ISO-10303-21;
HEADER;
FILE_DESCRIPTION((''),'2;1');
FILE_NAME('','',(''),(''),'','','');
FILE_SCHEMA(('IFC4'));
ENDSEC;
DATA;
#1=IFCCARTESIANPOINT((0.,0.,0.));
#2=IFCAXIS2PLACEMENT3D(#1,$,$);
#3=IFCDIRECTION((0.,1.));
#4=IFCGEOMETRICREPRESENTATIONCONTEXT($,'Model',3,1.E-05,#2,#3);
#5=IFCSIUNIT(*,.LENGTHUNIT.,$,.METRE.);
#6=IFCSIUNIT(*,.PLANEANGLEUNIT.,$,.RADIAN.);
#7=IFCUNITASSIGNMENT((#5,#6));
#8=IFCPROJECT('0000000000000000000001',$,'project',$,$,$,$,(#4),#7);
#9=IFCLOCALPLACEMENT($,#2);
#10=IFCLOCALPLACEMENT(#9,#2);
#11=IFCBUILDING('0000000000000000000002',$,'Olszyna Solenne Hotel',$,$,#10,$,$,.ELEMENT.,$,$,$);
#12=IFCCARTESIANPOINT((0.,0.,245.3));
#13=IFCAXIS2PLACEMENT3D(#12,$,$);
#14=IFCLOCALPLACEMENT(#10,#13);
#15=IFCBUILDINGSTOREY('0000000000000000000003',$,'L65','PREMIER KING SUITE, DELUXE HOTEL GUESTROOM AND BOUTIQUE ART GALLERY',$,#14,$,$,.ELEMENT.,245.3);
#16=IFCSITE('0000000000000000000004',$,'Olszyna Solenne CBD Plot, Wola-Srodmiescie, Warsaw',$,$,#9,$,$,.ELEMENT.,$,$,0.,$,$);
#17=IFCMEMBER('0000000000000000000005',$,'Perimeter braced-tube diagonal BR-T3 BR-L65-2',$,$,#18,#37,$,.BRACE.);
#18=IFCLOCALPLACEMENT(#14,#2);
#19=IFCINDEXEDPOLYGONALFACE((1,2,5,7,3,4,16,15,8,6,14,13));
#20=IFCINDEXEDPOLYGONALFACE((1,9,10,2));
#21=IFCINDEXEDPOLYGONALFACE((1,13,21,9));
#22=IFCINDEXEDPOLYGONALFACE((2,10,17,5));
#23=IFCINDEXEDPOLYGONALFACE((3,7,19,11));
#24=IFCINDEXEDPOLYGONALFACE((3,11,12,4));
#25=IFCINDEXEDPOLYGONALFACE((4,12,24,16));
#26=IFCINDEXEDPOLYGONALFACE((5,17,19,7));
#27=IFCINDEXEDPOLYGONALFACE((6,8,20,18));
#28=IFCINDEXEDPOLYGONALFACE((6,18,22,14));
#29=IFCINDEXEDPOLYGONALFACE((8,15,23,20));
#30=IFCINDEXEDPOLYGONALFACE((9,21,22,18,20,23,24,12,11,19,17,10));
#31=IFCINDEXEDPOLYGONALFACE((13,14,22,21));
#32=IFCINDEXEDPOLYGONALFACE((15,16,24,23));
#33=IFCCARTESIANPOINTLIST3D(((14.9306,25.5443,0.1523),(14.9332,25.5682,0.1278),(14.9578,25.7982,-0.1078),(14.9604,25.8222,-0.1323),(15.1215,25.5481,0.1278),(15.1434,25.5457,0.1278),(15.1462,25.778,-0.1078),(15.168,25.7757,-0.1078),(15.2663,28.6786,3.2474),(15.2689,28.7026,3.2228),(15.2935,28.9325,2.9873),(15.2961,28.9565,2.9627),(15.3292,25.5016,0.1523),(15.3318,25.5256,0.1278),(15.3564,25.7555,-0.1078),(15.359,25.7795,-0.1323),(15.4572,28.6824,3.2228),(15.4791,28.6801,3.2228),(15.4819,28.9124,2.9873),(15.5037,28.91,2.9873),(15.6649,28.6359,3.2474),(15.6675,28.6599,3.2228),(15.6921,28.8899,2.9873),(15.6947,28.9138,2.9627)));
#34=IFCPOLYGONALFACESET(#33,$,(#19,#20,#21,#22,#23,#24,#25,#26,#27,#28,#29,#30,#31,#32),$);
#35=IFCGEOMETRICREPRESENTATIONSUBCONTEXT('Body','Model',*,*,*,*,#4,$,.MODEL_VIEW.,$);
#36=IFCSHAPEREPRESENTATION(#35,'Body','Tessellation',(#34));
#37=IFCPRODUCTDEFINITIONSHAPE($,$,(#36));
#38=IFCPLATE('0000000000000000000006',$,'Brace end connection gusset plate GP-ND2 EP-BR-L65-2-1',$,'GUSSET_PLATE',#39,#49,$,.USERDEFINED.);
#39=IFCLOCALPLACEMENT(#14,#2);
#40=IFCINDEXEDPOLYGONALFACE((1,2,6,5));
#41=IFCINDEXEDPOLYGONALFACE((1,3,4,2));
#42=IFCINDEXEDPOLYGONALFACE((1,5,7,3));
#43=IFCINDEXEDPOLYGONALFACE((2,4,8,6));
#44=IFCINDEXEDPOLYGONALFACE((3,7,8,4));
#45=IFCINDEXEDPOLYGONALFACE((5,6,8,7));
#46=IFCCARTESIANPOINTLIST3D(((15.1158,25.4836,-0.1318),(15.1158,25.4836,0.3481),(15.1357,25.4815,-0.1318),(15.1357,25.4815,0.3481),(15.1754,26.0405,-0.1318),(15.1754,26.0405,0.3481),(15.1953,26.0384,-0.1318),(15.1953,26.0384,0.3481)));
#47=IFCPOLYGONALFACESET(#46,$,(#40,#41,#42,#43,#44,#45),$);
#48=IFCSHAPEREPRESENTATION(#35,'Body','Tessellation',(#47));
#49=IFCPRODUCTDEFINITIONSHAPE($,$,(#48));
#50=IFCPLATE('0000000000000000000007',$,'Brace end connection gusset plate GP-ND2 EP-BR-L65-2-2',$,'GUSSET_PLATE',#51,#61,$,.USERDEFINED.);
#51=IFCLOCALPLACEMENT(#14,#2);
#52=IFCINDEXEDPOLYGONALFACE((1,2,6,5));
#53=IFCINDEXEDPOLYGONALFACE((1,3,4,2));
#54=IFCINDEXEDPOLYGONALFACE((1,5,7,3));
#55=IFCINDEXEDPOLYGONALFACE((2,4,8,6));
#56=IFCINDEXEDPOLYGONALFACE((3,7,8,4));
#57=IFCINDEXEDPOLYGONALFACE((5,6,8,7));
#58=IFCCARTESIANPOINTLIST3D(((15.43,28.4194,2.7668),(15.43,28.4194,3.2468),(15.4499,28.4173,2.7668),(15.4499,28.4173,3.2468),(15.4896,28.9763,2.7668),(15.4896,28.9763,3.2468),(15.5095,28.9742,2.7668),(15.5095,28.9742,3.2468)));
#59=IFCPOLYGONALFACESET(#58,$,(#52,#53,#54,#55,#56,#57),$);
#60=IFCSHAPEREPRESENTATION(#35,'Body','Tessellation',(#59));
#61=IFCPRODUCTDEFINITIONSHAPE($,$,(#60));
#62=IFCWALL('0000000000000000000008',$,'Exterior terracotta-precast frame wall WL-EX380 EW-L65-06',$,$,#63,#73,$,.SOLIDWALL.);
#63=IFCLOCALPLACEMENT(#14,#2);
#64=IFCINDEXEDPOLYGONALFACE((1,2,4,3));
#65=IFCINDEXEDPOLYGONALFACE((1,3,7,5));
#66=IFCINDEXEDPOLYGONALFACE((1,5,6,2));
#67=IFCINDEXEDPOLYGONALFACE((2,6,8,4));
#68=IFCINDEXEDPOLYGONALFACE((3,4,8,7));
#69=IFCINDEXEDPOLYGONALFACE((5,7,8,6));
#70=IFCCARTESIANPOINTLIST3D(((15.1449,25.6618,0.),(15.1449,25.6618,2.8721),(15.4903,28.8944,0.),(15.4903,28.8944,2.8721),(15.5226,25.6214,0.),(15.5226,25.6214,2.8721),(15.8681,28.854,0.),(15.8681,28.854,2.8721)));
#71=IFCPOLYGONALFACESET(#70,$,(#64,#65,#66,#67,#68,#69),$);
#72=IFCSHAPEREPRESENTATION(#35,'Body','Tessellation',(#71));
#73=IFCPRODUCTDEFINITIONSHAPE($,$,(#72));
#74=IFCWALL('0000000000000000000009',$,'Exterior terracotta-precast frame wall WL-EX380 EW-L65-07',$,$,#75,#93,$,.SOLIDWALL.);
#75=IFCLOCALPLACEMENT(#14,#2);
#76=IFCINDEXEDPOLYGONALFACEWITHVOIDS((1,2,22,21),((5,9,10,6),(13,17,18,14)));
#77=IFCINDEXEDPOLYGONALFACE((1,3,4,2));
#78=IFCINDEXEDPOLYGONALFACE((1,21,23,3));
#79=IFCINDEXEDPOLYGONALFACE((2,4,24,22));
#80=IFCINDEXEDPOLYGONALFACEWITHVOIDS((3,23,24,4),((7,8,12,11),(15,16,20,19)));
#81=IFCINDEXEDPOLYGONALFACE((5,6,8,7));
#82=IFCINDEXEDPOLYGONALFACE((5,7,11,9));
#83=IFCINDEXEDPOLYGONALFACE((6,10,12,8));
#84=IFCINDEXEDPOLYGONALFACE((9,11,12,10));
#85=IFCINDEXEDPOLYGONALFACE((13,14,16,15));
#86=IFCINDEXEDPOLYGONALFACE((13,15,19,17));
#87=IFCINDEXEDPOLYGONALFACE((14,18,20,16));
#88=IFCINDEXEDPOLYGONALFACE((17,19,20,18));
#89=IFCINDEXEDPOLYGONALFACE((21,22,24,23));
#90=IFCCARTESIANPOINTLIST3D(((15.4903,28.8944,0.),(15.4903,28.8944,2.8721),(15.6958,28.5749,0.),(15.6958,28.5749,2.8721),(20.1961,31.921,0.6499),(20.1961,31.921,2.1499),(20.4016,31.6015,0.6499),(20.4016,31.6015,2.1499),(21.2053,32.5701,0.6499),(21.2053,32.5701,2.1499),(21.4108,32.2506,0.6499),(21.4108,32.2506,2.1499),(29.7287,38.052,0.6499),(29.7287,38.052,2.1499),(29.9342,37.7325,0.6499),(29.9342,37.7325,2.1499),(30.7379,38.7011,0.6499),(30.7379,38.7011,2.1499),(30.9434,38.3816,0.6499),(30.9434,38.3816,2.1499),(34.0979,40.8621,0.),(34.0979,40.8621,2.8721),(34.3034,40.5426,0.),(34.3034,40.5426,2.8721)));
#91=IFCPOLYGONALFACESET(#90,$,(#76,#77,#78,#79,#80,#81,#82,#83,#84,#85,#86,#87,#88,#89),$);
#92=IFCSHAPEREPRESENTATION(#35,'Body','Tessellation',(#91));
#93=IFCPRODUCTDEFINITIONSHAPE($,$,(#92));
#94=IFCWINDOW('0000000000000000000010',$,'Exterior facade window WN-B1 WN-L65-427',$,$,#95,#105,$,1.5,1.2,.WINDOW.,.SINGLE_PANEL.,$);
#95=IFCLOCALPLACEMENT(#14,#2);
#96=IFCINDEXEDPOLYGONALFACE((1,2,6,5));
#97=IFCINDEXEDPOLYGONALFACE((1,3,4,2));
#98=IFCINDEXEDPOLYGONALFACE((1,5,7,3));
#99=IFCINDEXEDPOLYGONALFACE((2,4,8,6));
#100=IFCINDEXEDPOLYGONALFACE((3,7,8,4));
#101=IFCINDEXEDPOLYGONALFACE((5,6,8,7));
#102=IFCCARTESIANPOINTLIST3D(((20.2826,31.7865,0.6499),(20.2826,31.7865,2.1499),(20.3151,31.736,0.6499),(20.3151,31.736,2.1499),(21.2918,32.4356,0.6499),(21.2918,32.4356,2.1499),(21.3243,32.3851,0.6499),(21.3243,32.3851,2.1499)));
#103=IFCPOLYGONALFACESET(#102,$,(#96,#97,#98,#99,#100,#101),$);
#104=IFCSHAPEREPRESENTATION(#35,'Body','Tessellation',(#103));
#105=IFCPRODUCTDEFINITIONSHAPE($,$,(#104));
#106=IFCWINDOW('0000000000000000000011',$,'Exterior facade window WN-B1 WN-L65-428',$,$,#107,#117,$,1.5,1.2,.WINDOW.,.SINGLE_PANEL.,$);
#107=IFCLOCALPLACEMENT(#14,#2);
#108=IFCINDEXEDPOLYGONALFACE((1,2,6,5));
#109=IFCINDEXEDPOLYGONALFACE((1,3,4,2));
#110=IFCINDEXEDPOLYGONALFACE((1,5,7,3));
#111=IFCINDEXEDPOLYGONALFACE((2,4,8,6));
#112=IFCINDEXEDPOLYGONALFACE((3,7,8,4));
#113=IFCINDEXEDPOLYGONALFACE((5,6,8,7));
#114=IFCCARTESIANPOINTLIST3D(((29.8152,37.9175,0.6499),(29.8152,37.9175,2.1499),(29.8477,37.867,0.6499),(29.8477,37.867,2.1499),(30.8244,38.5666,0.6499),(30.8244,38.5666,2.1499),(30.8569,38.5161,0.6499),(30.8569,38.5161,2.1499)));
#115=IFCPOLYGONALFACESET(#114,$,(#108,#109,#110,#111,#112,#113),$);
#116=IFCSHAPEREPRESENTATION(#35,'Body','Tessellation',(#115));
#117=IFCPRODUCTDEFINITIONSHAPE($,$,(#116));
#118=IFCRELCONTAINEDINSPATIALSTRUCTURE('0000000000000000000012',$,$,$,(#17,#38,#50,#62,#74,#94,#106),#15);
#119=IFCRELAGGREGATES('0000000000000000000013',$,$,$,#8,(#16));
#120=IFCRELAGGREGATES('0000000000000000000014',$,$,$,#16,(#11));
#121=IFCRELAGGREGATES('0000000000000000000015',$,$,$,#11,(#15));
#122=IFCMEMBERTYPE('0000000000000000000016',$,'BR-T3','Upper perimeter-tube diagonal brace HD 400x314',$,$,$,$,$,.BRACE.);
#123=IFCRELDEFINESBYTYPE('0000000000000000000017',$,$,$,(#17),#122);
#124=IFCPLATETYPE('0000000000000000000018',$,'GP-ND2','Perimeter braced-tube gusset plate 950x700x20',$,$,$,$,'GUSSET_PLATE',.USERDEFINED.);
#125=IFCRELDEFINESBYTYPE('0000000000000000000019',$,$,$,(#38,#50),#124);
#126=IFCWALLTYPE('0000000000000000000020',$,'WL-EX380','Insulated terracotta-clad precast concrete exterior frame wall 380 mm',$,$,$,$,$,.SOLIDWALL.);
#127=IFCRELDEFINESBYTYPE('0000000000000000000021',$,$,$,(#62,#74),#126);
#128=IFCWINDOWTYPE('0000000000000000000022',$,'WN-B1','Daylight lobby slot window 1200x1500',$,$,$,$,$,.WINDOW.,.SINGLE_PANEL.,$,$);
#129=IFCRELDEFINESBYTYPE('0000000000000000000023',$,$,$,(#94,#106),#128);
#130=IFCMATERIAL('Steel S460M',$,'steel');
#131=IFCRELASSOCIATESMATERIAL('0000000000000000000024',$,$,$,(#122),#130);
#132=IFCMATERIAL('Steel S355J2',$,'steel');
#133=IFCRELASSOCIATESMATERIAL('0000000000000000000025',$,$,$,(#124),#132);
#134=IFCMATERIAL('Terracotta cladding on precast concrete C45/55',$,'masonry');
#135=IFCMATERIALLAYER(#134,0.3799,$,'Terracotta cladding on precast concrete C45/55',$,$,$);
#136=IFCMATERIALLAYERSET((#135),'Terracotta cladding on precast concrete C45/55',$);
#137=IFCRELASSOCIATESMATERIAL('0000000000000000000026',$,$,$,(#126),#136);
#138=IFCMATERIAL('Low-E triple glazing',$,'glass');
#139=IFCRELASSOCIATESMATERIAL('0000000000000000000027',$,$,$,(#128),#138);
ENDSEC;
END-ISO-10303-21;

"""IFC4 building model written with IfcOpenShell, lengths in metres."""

from ifc_helpers import new_model, si_unit, direction, frame, frame_2d, origin, origin_2d, place, context, subcontext, project, spatial, rectangle, i_section, extrude, source, transform, mapped, material, layer, layer_set, material_profile, profile_set, type_object, type_shapes, element, fill, save


model = new_model("IFC4")

# Units and contexts
model_context = context("Model", 3, precision=1e-05, world=origin(), true_north=direction((0.0, 1.0)))
body_context = subcontext(model_context, "Body", "Model", "MODEL_VIEW")
ifc_project = project(units=[si_unit("LENGTHUNIT", "METRE"), si_unit("PLANEANGLEUNIT", "RADIAN")], contexts=[model_context])

# Site, building, storey
site_placement = place(None, origin())
site = spatial("IfcSite", under=ifc_project, at=site_placement, Name="Olszyna Solenne CBD Plot, Wola-Srodmiescie, Warsaw", CompositionType="ELEMENT", RefElevation=0.0)
building_placement = place(site_placement, origin())
building = spatial("IfcBuilding", under=site, at=building_placement, Name="Olszyna Solenne Hotel", CompositionType="ELEMENT")
storey_placement = place(building_placement, frame((0.0, 0.0, 245.3)))
storey = spatial("IfcBuildingStorey", under=building, at=storey_placement, Name="L65", Description="PREMIER KING SUITE, DELUXE HOTEL GUESTROOM AND BOUTIQUE ART GALLERY", CompositionType="ELEMENT", Elevation=245.3)

# Shared definitions
ifc_material_1 = material(Name="Steel S460M", Category="steel")

# Shared definitions
ifc_material_2 = material(Name="Steel S355J2", Category="steel")

# Member
ifc_material_profile_1 = material_profile(ifc_material_1, i_section(OverallWidth=0.4009, OverallDepth=0.3989, WebThickness=0.022, FlangeThickness=0.0344, at=origin_2d()), Name="HD 400x314", Category="load-bearing")
ifc_profile_set_1 = profile_set([ifc_material_profile_1], Name="Steel S460M")
member_type = type_object("IfcMemberType", Name="BR-T3", Description="Upper perimeter-tube diagonal brace HD 400x314", PredefinedType="BRACE", material=ifc_profile_set_1)
shared_shape_1 = source(origin(), body_context, "Body", "SweptSolid", [
    extrude(i_section(OverallWidth=0.4009, OverallDepth=0.3989, WebThickness=0.022, FlangeThickness=0.0344, at=origin_2d()), origin(), (0.0, 0.0, 1.0), 4.4177),
])
member_placement = place(storey_placement, frame((15.1448, 25.6619, 0.01), z_axis=(0.07599, 0.709497, 0.700599), x_axis=(-0.994313, 0.106495, 0.0)))
element("IfcMember", 1, at=member_placement, inside=storey, type_object=member_type, Name="Perimeter braced-tube diagonal BR-T3 BR-L65-2", PredefinedType="BRACE", context=body_context, shape_type="MappedRepresentation", body=[
    mapped(shared_shape_1, transform((0.0, 0.0, 0.0), x_axis=(1.0, 0.0, 0.0), y_axis=(0.0, 1.0, 0.0), z_axis=(0.0, 0.0, 1.0), scale=1.0)),
])

# Plates
plate_type = type_object("IfcPlateType", Name="GP-ND2", Description="Perimeter braced-tube gusset plate 950x700x20", ElementType="GUSSET_PLATE", PredefinedType="USERDEFINED", material=ifc_material_2)
shared_shape_2 = source(origin(), body_context, "Body", "SweptSolid", [
    extrude(rectangle(XDim=0.5601, YDim=0.02, at=origin_2d()), origin(), (0.0, 0.0, 1.0), 0.48),
])
for number, where, z_axis, x_axis, name in (
    (2, (15.1555, 25.761, -0.1318), (0.0, 0.0, 1.0), (0.106438, 0.994319, 0.0), "Brace end connection gusset plate GP-ND2 EP-BR-L65-2-1"),
    (3, (15.4697, 28.6968, 2.7668), (0.0, 0.0, 1.0), (0.106438, 0.994319, 0.0), "Brace end connection gusset plate GP-ND2 EP-BR-L65-2-2"),
):
    element("IfcPlate", number, at=place(storey_placement, frame(where, z_axis=z_axis, x_axis=x_axis)), inside=storey, type_object=plate_type, Name=name, ObjectType="GUSSET_PLATE", PredefinedType="USERDEFINED", context=body_context, shape_type="MappedRepresentation", body=[
        mapped(shared_shape_2, transform((0.0, 0.0, 0.0), x_axis=(1.0, 0.0, 0.0), y_axis=(0.0, 1.0, 0.0), z_axis=(0.0, 0.0, 1.0), scale=1.0)),
    ])

# Wall
ifc_material_3 = material(Name="Terracotta cladding on precast concrete C45/55", Category="masonry")
ifc_layer = layer(ifc_material_3, 0.3799, Name="Terracotta cladding on precast concrete C45/55")
ifc_layer_set = layer_set([ifc_layer], Name="Terracotta cladding on precast concrete C45/55")
wall_type = type_object("IfcWallType", Name="WL-EX380", Description="Insulated terracotta-clad precast concrete exterior frame wall 380 mm", PredefinedType="SOLIDWALL", material=ifc_layer_set)
wall_1_placement = place(storey_placement, frame((15.3337, 25.6416, 0.0), z_axis=(0.0, 0.0, 1.0), x_axis=(0.10626, 0.994338, 0.0)))
element("IfcWall", 4, at=wall_1_placement, inside=storey, type_object=wall_type, Name="Exterior terracotta-precast frame wall WL-EX380 EW-L65-06", PredefinedType="SOLIDWALL", context=body_context, shape_type="SweptSolid", body=[
    extrude(rectangle(XDim=3.251, YDim=0.3799, at=frame_2d((1.6255, 0.0))), origin(), (0.0, 0.0, 1.0), 2.8721),
])

# Wall, openings, windows
wall_2_placement = place(storey_placement, frame((15.593, 28.7346, 0.0), z_axis=(0.0, 0.0, 1.0), x_axis=(0.841061, 0.54094, 0.0)))
wall_2 = element("IfcWall", 5, at=wall_2_placement, inside=storey, type_object=wall_type, Name="Exterior terracotta-precast frame wall WL-EX380 EW-L65-07", PredefinedType="SOLIDWALL", context=body_context, shape_type="SweptSolid", body=[
    extrude(rectangle(XDim=22.124, YDim=0.3799, at=frame_2d((11.062, 0.0))), origin(), (0.0, 0.0, 1.0), 2.8721),
])
opening_1_placement = place(wall_2_placement, frame((5.595, 0.0, 0.6499)))
opening_1 = element("IfcOpeningElement", 6, at=opening_1_placement, cuts=wall_2, PredefinedType="OPENING", context=body_context, shape_type="SweptSolid", body=[
    extrude(rectangle(XDim=1.2, YDim=1.5, at=frame_2d((0.6001, 0.75))), frame((0.0, 0.2, 0.0), z_axis=(0.0, -1.0, 0.0), x_axis=(1.0, 0.0, 0.0)), (0.0, 0.0, 1.0), 0.3999),
])
opening_2_placement = place(wall_2_placement, frame((16.929, 0.0, 0.6499)))
opening_2 = element("IfcOpeningElement", 7, at=opening_2_placement, cuts=wall_2, PredefinedType="OPENING", context=body_context, shape_type="SweptSolid", body=[
    extrude(rectangle(XDim=1.2, YDim=1.5, at=frame_2d((0.6001, 0.75))), frame((0.0, 0.2, 0.0), z_axis=(0.0, -1.0, 0.0), x_axis=(1.0, 0.0, 0.0)), (0.0, 0.0, 1.0), 0.3999),
])
ifc_material_4 = material(Name="Low-E triple glazing", Category="glass")
window_type = type_object("IfcWindowType", Name="WN-B1", Description="Daylight lobby slot window 1200x1500", PartitioningType="SINGLE_PANEL", PredefinedType="WINDOW", material=ifc_material_4)
shared_shape_3 = source(origin(), body_context, "Body", "SweptSolid", [
    extrude(rectangle(XDim=1.2, YDim=1.5, at=frame_2d((0.6001, 0.75))), frame((0.0, 0.03, 0.0), z_axis=(0.0, -1.0, 0.0), x_axis=(1.0, 0.0, 0.0)), (0.0, 0.0, 1.0), 0.0601),
])
type_shapes(window_type, [shared_shape_3])
window_1_placement = place(opening_1_placement, origin())
window_1 = element("IfcWindow", 8, at=window_1_placement, inside=storey, type_object=window_type, Name="Exterior facade window WN-B1 WN-L65-427", OverallHeight=1.5, OverallWidth=1.2, PartitioningType="SINGLE_PANEL", PredefinedType="WINDOW", context=body_context, shape_type="MappedRepresentation", body=[
    mapped(shared_shape_3, transform((0.0, 0.0, 0.0), x_axis=(1.0, 0.0, 0.0), y_axis=(0.0, 1.0, 0.0), z_axis=(0.0, 0.0, 1.0), scale=1.0)),
])
fill(opening_1, window_1)
window_2_placement = place(opening_2_placement, origin())
window_2 = element("IfcWindow", 9, at=window_2_placement, inside=storey, type_object=window_type, Name="Exterior facade window WN-B1 WN-L65-428", OverallHeight=1.5, OverallWidth=1.2, PartitioningType="SINGLE_PANEL", PredefinedType="WINDOW", context=body_context, shape_type="MappedRepresentation", body=[
    mapped(shared_shape_3, transform((0.0, 0.0, 0.0), x_axis=(1.0, 0.0, 0.0), y_axis=(0.0, 1.0, 0.0), z_axis=(0.0, 0.0, 1.0), scale=1.0)),
])
fill(opening_2, window_2)

save(model, "model.ifc")
